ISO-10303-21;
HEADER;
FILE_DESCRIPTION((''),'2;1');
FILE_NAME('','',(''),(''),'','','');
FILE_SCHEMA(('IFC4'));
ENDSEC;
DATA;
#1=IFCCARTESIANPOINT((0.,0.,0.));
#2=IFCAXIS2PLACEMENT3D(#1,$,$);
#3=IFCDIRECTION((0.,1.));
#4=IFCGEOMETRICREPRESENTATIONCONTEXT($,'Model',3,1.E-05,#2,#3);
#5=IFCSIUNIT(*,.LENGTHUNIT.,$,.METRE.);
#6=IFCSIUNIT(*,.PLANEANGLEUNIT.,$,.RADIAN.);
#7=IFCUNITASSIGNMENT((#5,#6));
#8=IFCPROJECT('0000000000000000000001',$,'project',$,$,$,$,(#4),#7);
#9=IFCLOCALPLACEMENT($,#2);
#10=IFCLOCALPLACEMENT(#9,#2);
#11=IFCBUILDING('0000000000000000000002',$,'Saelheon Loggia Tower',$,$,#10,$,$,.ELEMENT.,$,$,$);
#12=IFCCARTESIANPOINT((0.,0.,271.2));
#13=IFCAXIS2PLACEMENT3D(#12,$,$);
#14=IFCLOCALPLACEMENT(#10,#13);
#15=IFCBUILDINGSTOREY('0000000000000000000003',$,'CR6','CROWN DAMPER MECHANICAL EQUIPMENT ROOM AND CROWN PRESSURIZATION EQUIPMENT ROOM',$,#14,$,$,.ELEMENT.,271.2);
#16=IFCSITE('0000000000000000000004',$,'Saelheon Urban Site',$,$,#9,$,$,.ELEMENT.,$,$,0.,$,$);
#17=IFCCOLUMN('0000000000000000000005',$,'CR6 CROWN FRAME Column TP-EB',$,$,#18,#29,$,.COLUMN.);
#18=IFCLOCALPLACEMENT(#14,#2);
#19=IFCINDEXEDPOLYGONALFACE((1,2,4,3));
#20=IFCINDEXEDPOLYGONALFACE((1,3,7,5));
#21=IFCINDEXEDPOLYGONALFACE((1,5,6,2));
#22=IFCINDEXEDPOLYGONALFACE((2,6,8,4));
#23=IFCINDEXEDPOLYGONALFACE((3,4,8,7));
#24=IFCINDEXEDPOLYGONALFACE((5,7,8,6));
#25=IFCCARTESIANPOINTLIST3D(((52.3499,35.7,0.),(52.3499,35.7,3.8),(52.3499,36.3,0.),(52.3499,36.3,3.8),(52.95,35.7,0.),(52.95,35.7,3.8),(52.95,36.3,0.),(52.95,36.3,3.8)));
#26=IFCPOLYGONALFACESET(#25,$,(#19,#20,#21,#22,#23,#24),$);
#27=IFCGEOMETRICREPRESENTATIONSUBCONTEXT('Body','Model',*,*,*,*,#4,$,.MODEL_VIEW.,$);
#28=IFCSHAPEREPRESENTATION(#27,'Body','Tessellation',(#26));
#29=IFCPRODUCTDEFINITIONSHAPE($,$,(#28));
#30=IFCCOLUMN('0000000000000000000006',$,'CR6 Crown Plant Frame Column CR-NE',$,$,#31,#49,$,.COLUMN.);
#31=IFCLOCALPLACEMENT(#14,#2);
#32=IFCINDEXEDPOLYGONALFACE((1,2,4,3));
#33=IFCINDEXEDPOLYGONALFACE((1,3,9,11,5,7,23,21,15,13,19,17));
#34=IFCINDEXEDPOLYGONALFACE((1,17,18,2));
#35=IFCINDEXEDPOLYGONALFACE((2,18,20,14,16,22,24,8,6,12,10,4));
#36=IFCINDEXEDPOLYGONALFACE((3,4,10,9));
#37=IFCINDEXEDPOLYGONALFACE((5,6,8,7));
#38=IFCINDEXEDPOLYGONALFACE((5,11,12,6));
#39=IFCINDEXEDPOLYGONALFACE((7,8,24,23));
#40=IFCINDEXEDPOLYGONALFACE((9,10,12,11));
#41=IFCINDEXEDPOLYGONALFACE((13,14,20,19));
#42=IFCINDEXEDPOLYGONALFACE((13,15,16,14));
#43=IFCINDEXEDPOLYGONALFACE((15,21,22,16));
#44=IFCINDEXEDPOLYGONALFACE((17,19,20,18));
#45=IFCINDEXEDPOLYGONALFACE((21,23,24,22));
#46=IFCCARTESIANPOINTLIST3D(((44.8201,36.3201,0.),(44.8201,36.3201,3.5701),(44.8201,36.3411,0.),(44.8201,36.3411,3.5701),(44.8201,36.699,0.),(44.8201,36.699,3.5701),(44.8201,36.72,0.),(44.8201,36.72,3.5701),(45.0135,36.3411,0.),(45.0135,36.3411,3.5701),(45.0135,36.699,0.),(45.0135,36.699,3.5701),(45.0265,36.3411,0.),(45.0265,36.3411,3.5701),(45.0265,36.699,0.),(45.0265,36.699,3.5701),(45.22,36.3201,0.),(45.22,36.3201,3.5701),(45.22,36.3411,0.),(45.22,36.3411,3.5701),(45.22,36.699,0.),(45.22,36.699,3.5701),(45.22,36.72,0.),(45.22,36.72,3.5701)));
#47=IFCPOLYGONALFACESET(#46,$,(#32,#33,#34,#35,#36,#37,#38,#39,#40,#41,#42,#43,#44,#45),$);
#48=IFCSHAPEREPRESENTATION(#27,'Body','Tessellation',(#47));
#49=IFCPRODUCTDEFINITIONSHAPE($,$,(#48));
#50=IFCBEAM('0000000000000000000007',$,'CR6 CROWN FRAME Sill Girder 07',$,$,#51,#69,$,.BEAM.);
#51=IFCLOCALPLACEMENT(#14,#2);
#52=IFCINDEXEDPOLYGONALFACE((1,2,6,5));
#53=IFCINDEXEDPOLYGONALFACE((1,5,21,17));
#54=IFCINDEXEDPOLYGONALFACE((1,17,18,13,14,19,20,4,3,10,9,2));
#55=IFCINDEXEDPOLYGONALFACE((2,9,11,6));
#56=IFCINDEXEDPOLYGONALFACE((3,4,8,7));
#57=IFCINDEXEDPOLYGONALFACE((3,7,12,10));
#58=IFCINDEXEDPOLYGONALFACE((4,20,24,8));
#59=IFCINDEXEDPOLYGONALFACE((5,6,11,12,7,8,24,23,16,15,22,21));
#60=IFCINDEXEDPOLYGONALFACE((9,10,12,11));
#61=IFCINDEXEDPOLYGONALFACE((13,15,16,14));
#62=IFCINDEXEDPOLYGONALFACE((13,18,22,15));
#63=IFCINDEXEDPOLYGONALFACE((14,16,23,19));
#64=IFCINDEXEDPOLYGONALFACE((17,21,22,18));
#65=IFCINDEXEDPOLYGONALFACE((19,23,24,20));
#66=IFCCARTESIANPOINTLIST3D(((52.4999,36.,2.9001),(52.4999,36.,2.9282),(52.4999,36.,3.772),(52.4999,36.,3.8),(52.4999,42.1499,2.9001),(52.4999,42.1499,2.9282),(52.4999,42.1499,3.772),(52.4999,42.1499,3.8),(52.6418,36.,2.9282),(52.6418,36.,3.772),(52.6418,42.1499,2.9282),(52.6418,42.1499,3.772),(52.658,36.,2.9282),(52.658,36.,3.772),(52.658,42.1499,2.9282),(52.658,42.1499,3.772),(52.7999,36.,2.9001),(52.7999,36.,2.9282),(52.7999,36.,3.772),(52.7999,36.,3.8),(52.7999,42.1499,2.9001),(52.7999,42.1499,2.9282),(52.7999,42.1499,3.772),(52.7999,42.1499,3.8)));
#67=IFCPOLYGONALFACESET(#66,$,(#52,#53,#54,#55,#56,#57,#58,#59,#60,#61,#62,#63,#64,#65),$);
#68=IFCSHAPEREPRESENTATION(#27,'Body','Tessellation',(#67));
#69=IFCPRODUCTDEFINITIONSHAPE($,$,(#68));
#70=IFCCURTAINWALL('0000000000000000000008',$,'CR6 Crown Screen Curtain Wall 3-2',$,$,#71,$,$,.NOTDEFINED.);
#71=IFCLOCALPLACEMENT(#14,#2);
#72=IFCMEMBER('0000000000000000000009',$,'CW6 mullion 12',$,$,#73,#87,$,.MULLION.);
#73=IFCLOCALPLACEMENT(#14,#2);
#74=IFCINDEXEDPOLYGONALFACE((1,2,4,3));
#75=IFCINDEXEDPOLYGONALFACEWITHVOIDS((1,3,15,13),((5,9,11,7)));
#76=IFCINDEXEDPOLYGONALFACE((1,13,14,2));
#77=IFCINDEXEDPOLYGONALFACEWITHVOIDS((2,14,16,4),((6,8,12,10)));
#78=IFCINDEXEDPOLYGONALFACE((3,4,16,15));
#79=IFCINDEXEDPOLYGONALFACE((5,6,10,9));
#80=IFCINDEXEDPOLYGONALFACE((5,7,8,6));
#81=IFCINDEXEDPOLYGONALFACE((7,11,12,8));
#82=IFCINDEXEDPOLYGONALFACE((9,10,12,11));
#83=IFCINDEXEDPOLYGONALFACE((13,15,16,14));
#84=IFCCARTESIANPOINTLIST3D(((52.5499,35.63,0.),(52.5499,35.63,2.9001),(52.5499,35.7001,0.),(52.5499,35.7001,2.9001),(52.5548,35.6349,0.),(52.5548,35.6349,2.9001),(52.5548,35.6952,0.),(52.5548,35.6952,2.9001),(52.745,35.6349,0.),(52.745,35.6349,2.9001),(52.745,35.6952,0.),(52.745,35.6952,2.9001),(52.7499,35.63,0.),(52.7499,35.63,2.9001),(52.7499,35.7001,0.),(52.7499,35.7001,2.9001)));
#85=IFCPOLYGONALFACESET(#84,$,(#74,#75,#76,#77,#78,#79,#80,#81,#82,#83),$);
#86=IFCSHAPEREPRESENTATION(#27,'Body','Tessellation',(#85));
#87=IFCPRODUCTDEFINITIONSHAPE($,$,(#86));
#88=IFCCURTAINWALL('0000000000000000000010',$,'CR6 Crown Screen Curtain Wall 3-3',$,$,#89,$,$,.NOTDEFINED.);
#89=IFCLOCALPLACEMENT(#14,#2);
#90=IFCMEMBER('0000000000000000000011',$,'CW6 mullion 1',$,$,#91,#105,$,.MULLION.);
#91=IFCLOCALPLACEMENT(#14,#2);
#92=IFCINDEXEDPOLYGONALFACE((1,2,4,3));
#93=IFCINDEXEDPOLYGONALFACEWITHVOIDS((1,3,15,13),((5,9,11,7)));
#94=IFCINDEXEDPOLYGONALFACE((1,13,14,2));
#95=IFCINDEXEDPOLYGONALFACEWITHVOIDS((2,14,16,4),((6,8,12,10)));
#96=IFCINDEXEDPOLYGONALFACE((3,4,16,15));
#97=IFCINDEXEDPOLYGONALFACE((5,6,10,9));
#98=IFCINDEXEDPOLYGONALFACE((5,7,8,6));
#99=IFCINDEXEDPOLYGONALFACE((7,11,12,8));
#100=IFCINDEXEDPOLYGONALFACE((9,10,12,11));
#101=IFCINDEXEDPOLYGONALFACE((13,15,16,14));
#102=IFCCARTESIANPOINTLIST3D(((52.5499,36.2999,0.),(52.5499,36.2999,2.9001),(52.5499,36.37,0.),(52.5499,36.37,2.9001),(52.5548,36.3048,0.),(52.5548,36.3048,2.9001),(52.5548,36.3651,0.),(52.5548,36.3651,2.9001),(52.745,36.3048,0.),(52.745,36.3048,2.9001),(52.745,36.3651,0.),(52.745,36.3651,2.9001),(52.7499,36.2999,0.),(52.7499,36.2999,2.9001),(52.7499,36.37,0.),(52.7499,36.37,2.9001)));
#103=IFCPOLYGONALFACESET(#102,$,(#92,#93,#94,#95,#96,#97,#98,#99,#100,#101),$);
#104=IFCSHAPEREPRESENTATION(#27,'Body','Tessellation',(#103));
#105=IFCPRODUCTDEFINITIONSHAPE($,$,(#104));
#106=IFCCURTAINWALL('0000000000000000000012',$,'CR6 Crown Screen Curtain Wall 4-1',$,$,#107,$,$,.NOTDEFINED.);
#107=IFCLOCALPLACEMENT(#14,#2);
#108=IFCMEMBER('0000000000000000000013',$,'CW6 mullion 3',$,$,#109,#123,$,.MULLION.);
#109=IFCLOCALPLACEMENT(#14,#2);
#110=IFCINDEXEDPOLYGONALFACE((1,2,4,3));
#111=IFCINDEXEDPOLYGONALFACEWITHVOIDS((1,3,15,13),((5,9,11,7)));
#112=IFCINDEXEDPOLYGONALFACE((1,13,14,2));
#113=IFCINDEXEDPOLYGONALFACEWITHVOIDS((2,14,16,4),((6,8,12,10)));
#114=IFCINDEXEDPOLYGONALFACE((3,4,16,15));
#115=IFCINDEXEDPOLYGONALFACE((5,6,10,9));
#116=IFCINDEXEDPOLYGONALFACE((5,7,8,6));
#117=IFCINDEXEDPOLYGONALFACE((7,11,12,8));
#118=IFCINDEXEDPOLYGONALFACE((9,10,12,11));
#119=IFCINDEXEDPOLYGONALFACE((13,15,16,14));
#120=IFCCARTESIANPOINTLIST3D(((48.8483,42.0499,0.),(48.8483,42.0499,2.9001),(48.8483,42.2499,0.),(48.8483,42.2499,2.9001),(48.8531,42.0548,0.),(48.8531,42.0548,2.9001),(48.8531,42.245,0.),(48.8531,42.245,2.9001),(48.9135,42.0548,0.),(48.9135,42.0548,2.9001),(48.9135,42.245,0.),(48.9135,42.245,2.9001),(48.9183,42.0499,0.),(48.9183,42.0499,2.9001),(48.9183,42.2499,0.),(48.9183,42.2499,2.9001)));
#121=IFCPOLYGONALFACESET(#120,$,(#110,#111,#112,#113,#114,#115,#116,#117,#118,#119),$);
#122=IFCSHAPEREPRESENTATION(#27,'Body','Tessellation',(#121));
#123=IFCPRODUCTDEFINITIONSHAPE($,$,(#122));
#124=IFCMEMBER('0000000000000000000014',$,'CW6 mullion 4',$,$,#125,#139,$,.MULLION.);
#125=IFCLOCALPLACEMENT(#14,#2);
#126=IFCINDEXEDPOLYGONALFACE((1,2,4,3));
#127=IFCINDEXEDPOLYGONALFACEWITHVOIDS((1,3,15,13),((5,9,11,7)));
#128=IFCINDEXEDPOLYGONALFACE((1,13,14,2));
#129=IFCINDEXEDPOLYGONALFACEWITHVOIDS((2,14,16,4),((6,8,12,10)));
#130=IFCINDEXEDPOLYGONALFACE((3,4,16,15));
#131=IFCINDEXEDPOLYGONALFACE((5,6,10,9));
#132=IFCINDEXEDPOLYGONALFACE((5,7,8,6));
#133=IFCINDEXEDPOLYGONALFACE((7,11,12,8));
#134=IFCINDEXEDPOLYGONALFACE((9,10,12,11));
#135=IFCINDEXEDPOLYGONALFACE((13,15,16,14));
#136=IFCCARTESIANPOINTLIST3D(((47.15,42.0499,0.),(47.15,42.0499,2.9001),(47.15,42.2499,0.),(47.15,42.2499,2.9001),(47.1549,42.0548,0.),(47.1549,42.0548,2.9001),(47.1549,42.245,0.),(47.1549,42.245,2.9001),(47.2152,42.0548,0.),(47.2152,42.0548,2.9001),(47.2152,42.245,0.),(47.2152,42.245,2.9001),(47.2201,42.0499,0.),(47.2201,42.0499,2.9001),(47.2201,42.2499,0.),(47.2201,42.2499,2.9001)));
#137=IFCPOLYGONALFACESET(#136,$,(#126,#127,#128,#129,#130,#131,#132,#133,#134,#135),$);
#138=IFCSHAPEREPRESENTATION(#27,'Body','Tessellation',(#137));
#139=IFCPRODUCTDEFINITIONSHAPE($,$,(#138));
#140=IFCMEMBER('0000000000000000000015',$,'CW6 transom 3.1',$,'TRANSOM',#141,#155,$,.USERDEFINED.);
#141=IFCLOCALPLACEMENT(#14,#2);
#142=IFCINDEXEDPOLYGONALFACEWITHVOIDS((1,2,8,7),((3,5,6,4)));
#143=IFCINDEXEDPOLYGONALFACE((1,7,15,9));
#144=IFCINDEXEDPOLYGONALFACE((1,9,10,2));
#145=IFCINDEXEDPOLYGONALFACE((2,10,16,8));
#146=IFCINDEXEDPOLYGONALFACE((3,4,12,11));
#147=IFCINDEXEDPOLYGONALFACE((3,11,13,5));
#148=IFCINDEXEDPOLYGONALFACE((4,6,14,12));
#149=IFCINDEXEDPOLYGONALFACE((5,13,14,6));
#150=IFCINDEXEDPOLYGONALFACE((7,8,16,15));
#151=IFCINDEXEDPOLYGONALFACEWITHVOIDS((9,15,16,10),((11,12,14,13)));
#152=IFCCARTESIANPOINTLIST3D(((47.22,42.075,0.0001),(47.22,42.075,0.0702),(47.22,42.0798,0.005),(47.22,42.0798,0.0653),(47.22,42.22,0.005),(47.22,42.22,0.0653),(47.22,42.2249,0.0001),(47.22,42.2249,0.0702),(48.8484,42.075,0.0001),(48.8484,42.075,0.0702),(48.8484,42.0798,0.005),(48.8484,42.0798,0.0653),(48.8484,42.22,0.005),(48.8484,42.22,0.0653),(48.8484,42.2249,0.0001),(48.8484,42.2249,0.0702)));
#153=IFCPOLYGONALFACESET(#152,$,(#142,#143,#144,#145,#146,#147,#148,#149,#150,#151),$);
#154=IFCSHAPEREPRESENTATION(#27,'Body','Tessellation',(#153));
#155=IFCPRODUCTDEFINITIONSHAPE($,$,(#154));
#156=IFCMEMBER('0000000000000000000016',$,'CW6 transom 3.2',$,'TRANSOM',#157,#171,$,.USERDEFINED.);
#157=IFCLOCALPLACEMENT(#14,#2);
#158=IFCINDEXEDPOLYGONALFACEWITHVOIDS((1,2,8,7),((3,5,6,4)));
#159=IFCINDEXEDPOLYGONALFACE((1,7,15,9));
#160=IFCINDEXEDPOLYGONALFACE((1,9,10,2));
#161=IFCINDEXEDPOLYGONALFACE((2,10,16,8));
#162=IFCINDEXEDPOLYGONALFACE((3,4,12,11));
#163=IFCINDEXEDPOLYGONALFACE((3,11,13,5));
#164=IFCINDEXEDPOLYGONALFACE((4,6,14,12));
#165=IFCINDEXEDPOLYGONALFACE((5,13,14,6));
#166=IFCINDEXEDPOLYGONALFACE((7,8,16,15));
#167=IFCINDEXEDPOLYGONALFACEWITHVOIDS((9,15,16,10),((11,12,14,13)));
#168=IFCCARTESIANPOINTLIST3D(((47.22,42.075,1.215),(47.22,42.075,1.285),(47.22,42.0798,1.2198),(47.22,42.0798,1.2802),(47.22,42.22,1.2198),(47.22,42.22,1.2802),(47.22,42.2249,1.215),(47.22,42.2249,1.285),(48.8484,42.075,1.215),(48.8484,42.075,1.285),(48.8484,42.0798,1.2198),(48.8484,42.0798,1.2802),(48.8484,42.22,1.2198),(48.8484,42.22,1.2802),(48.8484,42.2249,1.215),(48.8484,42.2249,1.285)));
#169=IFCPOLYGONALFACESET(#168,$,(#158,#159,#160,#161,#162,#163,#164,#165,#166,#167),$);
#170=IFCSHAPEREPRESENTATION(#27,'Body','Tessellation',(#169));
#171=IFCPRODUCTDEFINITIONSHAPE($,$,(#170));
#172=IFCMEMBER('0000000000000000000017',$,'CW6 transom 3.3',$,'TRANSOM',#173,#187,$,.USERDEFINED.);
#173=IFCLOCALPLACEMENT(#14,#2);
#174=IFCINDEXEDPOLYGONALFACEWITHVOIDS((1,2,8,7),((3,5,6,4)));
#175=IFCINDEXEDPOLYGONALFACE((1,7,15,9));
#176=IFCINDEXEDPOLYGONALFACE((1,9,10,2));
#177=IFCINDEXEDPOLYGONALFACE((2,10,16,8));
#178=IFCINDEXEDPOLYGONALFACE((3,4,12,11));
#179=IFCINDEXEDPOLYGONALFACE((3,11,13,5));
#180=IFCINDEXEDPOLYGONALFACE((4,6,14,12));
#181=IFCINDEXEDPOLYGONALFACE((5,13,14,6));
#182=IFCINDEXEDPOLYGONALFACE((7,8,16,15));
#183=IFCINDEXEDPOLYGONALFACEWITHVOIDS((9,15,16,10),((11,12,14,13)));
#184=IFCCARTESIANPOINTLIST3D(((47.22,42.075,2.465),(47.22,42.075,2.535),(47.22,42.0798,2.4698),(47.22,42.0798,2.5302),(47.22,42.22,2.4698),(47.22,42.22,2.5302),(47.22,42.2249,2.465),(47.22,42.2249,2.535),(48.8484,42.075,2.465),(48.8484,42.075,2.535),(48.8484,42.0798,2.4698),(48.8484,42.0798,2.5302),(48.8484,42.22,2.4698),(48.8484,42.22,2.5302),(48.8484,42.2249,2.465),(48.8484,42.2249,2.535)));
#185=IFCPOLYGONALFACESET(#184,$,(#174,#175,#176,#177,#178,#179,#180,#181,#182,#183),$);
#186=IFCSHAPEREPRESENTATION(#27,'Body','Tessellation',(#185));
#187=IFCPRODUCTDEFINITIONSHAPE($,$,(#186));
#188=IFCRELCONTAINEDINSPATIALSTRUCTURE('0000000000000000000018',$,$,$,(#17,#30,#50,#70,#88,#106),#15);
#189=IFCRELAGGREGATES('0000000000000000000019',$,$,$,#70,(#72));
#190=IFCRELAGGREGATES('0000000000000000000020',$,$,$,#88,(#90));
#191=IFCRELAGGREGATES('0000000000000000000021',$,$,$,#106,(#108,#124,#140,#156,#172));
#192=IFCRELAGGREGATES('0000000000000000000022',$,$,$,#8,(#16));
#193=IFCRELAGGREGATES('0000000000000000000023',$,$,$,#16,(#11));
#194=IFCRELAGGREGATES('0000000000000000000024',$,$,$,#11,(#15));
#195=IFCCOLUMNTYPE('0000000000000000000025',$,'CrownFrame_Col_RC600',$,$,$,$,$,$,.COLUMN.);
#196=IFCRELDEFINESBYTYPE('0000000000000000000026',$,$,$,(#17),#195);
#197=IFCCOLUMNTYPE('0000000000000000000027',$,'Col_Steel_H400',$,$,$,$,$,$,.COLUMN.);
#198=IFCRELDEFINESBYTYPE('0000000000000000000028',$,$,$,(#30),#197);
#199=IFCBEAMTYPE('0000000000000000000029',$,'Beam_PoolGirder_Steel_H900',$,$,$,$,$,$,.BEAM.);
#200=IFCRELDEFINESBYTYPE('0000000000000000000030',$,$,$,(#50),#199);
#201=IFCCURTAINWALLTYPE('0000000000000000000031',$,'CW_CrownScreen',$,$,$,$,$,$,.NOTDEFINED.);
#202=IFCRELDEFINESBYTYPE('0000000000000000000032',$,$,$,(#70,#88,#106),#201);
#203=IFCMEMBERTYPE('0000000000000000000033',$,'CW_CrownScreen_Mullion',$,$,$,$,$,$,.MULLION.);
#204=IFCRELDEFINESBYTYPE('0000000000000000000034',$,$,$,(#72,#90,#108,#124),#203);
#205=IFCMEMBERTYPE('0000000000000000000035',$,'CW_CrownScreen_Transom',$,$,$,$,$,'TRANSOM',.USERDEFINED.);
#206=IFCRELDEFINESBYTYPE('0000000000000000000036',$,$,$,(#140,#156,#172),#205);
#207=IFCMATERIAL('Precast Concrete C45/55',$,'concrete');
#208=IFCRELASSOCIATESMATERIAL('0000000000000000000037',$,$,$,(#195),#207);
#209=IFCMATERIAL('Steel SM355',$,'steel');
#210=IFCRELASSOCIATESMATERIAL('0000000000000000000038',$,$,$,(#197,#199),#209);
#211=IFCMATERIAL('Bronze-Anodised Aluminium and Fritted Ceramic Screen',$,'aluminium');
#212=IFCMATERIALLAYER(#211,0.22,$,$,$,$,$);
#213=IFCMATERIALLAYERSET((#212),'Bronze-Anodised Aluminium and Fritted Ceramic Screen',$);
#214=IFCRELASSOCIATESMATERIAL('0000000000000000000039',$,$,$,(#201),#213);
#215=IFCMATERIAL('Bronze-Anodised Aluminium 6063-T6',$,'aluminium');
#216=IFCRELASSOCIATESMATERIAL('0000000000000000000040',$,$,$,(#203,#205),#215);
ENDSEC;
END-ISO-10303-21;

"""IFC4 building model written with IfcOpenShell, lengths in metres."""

from ifc_helpers import new_model, si_unit, direction, frame, origin, origin_2d, place, context, subcontext, project, spatial, rectangle, hollow_rectangle, i_section, extrude, source, transform, mapped, material, layer, layer_set, material_profile, profile_set, type_object, element, aggregate, save


model = new_model("IFC4")

# Units and contexts
model_context = context("Model", 3, precision=1e-05, world=origin(), true_north=direction((0.0, 1.0)))
body_context = subcontext(model_context, "Body", "Model", "MODEL_VIEW")
ifc_project = project(units=[si_unit("LENGTHUNIT", "METRE"), si_unit("PLANEANGLEUNIT", "RADIAN")], contexts=[model_context])

# Site, building, storey
site_placement = place(None, origin())
site = spatial("IfcSite", under=ifc_project, at=site_placement, Name="Saelheon Urban Site", CompositionType="ELEMENT", RefElevation=0.0)
building_placement = place(site_placement, origin())
building = spatial("IfcBuilding", under=site, at=building_placement, Name="Saelheon Loggia Tower", CompositionType="ELEMENT")
storey_placement = place(building_placement, frame((0.0, 0.0, 271.2)))
storey = spatial("IfcBuildingStorey", under=building, at=storey_placement, Name="CR6", Description="CROWN DAMPER MECHANICAL EQUIPMENT ROOM AND CROWN PRESSURIZATION EQUIPMENT ROOM", CompositionType="ELEMENT", Elevation=271.2)

# Columns
ifc_material_1 = material(Name="Precast Concrete C45/55", Category="concrete")
ifc_material_profile_1 = material_profile(ifc_material_1, rectangle(XDim=0.6001, YDim=0.6001, at=origin_2d()), Name="RC-600x600")
ifc_profile_set_1 = profile_set([ifc_material_profile_1], Name="Precast Concrete C45/55")
column_type_1 = type_object("IfcColumnType", Name="CrownFrame_Col_RC600", PredefinedType="COLUMN", material=ifc_profile_set_1)
shared_shape_1 = source(origin(), body_context, "Body", "SweptSolid", [
    extrude(rectangle(XDim=0.6001, YDim=0.6001, at=origin_2d()), origin(), (0.0, 0.0, 1.0), 3.8),
])
column_1_placement = place(storey_placement, frame((52.6499, 36.0, 0.0), z_axis=(0.0, 0.0, 1.0), x_axis=(1.0, 0.0, 0.0)))
element("IfcColumn", 1, at=column_1_placement, inside=storey, type_object=column_type_1, Name="CR6 CROWN FRAME Column TP-EB", PredefinedType="COLUMN", context=body_context, shape_type="MappedRepresentation", body=[
    mapped(shared_shape_1, transform((0.0, 0.0, 0.0), scale=1.0)),
])
ifc_material_2 = material(Name="Steel SM355", Category="steel")
ifc_material_profile_2 = material_profile(ifc_material_2, i_section(OverallWidth=0.3999, OverallDepth=0.3999, WebThickness=0.0129, FlangeThickness=0.021, at=origin_2d()), Name="H-400x400x13x21")
ifc_profile_set_2 = profile_set([ifc_material_profile_2], Name="Steel SM355")
column_type_2 = type_object("IfcColumnType", Name="Col_Steel_H400", PredefinedType="COLUMN", material=ifc_profile_set_2)
shared_shape_2 = source(origin(), body_context, "Body", "SweptSolid", [
    extrude(i_section(OverallWidth=0.3999, OverallDepth=0.3999, WebThickness=0.0129, FlangeThickness=0.021, at=origin_2d()), origin(), (0.0, 0.0, 1.0), 3.5701),
])
column_2_placement = place(storey_placement, frame((45.02, 36.52, 0.0), z_axis=(0.0, 0.0, 1.0), x_axis=(1.0, 0.0, 0.0)))
element("IfcColumn", 2, at=column_2_placement, inside=storey, type_object=column_type_2, Name="CR6 Crown Plant Frame Column CR-NE", PredefinedType="COLUMN", context=body_context, shape_type="MappedRepresentation", body=[
    mapped(shared_shape_2, transform((0.0, 0.0, 0.0), scale=1.0)),
])

# Beam
ifc_material_profile_3 = material_profile(ifc_material_2, i_section(OverallWidth=0.3, OverallDepth=0.8999, WebThickness=0.0161, FlangeThickness=0.0281, at=origin_2d()), Name="H-900x300x16x28")
ifc_profile_set_3 = profile_set([ifc_material_profile_3], Name="Steel SM355")
beam_type = type_object("IfcBeamType", Name="Beam_PoolGirder_Steel_H900", PredefinedType="BEAM", material=ifc_profile_set_3)
shared_shape_3 = source(origin(), body_context, "Body", "SweptSolid", [
    extrude(i_section(OverallWidth=0.3, OverallDepth=0.8999, WebThickness=0.0161, FlangeThickness=0.0281, at=origin_2d()), origin(), (0.0, 0.0, 1.0), 6.1499),
])
beam_placement = place(storey_placement, frame((52.6499, 36.0, 3.3501), z_axis=(0.0, 1.0, 0.0), x_axis=(-1.0, 0.0, 0.0)))
element("IfcBeam", 3, at=beam_placement, inside=storey, type_object=beam_type, Name="CR6 CROWN FRAME Sill Girder 07", PredefinedType="BEAM", context=body_context, shape_type="MappedRepresentation", body=[
    mapped(shared_shape_3, transform((0.0, 0.0, 0.0), scale=1.0)),
])

# Curtain walls, members
ifc_material_3 = material(Name="Bronze-Anodised Aluminium and Fritted Ceramic Screen", Category="aluminium")
ifc_layer_1 = layer(ifc_material_3, 0.22)
ifc_layer_set_1 = layer_set([ifc_layer_1], Name="Bronze-Anodised Aluminium and Fritted Ceramic Screen")
curtain_wall_type = type_object("IfcCurtainWallType", Name="CW_CrownScreen", PredefinedType="NOTDEFINED", material=ifc_layer_set_1)
curtain_wall_1_placement = place(storey_placement, origin())
curtain_wall_1 = element("IfcCurtainWall", 4, at=curtain_wall_1_placement, inside=storey, type_object=curtain_wall_type, Name="CR6 Crown Screen Curtain Wall 3-2", PredefinedType="NOTDEFINED")
ifc_material_4 = material(Name="Bronze-Anodised Aluminium 6063-T6", Category="aluminium")
ifc_material_profile_4 = material_profile(ifc_material_4, hollow_rectangle(XDim=0.0701, YDim=0.2, WallThickness=0.0049, at=origin_2d()), Name="RHS-200x70x5")
ifc_profile_set_4 = profile_set([ifc_material_profile_4], Name="Bronze-Anodised Aluminium 6063-T6")
member_type_1 = type_object("IfcMemberType", Name="CW_CrownScreen_Mullion", PredefinedType="MULLION", material=ifc_profile_set_4)
shared_shape_4 = source(origin(), body_context, "Body", "SweptSolid", [
    extrude(hollow_rectangle(XDim=0.0701, YDim=0.2, WallThickness=0.0049, at=origin_2d()), origin(), (0.0, 0.0, 1.0), 2.9001),
])
member_1_placement = place(storey_placement, frame((52.6499, 35.665, 0.0), z_axis=(0.0, 0.0, 1.0), x_axis=(0.0, 1.0, 0.0)))
member_1 = element("IfcMember", 5, at=member_1_placement, type_object=member_type_1, Name="CW6 mullion 12", PredefinedType="MULLION", context=body_context, shape_type="MappedRepresentation", body=[
    mapped(shared_shape_4, transform((0.0, 0.0, 0.0), scale=1.0)),
])
aggregate(curtain_wall_1, [member_1])
curtain_wall_2_placement = place(storey_placement, origin())
curtain_wall_2 = element("IfcCurtainWall", 6, at=curtain_wall_2_placement, inside=storey, type_object=curtain_wall_type, Name="CR6 Crown Screen Curtain Wall 3-3", PredefinedType="NOTDEFINED")
member_2_placement = place(storey_placement, frame((52.6499, 36.335, 0.0), z_axis=(0.0, 0.0, 1.0), x_axis=(0.0, 1.0, 0.0)))
member_2 = element("IfcMember", 7, at=member_2_placement, type_object=member_type_1, Name="CW6 mullion 1", PredefinedType="MULLION", context=body_context, shape_type="MappedRepresentation", body=[
    mapped(shared_shape_4, transform((0.0, 0.0, 0.0), scale=1.0)),
])

# Curtain wall, members
curtain_wall_3_placement = place(storey_placement, origin())
curtain_wall_3 = element("IfcCurtainWall", 8, at=curtain_wall_3_placement, inside=storey, type_object=curtain_wall_type, Name="CR6 Crown Screen Curtain Wall 4-1", PredefinedType="NOTDEFINED")
member_3_placement = place(storey_placement, frame((48.8833, 42.1499, 0.0), z_axis=(0.0, 0.0, 1.0), x_axis=(-1.0, 0.0, 0.0)))
member_3 = element("IfcMember", 9, at=member_3_placement, type_object=member_type_1, Name="CW6 mullion 3", PredefinedType="MULLION", context=body_context, shape_type="MappedRepresentation", body=[
    mapped(shared_shape_4, transform((0.0, 0.0, 0.0), scale=1.0)),
])
member_4_placement = place(storey_placement, frame((47.1851, 42.1499, 0.0), z_axis=(0.0, 0.0, 1.0), x_axis=(-1.0, 0.0, 0.0)))
member_4 = element("IfcMember", 10, at=member_4_placement, type_object=member_type_1, Name="CW6 mullion 4", PredefinedType="MULLION", context=body_context, shape_type="MappedRepresentation", body=[
    mapped(shared_shape_4, transform((0.0, 0.0, 0.0), scale=1.0)),
])
ifc_material_profile_5 = material_profile(ifc_material_4, hollow_rectangle(XDim=0.0701, YDim=0.1499, WallThickness=0.0049, at=origin_2d()), Name="RHS-150x70x5")
ifc_profile_set_5 = profile_set([ifc_material_profile_5], Name="Bronze-Anodised Aluminium 6063-T6")
member_type_2 = type_object("IfcMemberType", Name="CW_CrownScreen_Transom", ElementType="TRANSOM", PredefinedType="USERDEFINED", material=ifc_profile_set_5)
shared_shape_5 = source(origin(), body_context, "Body", "SweptSolid", [
    extrude(hollow_rectangle(XDim=0.0701, YDim=0.1499, WallThickness=0.0049, at=origin_2d()), origin(), (0.0, 0.0, 1.0), 1.6284),
])
member_5_placement = place(storey_placement, frame((48.8484, 42.1499, 0.0352), z_axis=(-1.0, 0.0, 0.0), x_axis=(0.0, 0.0, 1.0)))
member_5 = element("IfcMember", 11, at=member_5_placement, type_object=member_type_2, Name="CW6 transom 3.1", ObjectType="TRANSOM", PredefinedType="USERDEFINED", context=body_context, shape_type="MappedRepresentation", body=[
    mapped(shared_shape_5, transform((0.0, 0.0, 0.0), scale=1.0)),
])
member_6_placement = place(storey_placement, frame((48.8484, 42.1499, 1.25), z_axis=(-1.0, 0.0, 0.0), x_axis=(0.0, 0.0, 1.0)))
member_6 = element("IfcMember", 12, at=member_6_placement, type_object=member_type_2, Name="CW6 transom 3.2", ObjectType="TRANSOM", PredefinedType="USERDEFINED", context=body_context, shape_type="MappedRepresentation", body=[
    mapped(shared_shape_5, transform((0.0, 0.0, 0.0), scale=1.0)),
])
member_7_placement = place(storey_placement, frame((48.8484, 42.1499, 2.5), z_axis=(-1.0, 0.0, 0.0), x_axis=(0.0, 0.0, 1.0)))
member_7 = element("IfcMember", 13, at=member_7_placement, type_object=member_type_2, Name="CW6 transom 3.3", ObjectType="TRANSOM", PredefinedType="USERDEFINED", context=body_context, shape_type="MappedRepresentation", body=[
    mapped(shared_shape_5, transform((0.0, 0.0, 0.0), scale=1.0)),
])

aggregate(curtain_wall_2, [member_2])

aggregate(curtain_wall_3, [member_3, member_4, member_5, member_6, member_7])

save(model, "model.ifc")
